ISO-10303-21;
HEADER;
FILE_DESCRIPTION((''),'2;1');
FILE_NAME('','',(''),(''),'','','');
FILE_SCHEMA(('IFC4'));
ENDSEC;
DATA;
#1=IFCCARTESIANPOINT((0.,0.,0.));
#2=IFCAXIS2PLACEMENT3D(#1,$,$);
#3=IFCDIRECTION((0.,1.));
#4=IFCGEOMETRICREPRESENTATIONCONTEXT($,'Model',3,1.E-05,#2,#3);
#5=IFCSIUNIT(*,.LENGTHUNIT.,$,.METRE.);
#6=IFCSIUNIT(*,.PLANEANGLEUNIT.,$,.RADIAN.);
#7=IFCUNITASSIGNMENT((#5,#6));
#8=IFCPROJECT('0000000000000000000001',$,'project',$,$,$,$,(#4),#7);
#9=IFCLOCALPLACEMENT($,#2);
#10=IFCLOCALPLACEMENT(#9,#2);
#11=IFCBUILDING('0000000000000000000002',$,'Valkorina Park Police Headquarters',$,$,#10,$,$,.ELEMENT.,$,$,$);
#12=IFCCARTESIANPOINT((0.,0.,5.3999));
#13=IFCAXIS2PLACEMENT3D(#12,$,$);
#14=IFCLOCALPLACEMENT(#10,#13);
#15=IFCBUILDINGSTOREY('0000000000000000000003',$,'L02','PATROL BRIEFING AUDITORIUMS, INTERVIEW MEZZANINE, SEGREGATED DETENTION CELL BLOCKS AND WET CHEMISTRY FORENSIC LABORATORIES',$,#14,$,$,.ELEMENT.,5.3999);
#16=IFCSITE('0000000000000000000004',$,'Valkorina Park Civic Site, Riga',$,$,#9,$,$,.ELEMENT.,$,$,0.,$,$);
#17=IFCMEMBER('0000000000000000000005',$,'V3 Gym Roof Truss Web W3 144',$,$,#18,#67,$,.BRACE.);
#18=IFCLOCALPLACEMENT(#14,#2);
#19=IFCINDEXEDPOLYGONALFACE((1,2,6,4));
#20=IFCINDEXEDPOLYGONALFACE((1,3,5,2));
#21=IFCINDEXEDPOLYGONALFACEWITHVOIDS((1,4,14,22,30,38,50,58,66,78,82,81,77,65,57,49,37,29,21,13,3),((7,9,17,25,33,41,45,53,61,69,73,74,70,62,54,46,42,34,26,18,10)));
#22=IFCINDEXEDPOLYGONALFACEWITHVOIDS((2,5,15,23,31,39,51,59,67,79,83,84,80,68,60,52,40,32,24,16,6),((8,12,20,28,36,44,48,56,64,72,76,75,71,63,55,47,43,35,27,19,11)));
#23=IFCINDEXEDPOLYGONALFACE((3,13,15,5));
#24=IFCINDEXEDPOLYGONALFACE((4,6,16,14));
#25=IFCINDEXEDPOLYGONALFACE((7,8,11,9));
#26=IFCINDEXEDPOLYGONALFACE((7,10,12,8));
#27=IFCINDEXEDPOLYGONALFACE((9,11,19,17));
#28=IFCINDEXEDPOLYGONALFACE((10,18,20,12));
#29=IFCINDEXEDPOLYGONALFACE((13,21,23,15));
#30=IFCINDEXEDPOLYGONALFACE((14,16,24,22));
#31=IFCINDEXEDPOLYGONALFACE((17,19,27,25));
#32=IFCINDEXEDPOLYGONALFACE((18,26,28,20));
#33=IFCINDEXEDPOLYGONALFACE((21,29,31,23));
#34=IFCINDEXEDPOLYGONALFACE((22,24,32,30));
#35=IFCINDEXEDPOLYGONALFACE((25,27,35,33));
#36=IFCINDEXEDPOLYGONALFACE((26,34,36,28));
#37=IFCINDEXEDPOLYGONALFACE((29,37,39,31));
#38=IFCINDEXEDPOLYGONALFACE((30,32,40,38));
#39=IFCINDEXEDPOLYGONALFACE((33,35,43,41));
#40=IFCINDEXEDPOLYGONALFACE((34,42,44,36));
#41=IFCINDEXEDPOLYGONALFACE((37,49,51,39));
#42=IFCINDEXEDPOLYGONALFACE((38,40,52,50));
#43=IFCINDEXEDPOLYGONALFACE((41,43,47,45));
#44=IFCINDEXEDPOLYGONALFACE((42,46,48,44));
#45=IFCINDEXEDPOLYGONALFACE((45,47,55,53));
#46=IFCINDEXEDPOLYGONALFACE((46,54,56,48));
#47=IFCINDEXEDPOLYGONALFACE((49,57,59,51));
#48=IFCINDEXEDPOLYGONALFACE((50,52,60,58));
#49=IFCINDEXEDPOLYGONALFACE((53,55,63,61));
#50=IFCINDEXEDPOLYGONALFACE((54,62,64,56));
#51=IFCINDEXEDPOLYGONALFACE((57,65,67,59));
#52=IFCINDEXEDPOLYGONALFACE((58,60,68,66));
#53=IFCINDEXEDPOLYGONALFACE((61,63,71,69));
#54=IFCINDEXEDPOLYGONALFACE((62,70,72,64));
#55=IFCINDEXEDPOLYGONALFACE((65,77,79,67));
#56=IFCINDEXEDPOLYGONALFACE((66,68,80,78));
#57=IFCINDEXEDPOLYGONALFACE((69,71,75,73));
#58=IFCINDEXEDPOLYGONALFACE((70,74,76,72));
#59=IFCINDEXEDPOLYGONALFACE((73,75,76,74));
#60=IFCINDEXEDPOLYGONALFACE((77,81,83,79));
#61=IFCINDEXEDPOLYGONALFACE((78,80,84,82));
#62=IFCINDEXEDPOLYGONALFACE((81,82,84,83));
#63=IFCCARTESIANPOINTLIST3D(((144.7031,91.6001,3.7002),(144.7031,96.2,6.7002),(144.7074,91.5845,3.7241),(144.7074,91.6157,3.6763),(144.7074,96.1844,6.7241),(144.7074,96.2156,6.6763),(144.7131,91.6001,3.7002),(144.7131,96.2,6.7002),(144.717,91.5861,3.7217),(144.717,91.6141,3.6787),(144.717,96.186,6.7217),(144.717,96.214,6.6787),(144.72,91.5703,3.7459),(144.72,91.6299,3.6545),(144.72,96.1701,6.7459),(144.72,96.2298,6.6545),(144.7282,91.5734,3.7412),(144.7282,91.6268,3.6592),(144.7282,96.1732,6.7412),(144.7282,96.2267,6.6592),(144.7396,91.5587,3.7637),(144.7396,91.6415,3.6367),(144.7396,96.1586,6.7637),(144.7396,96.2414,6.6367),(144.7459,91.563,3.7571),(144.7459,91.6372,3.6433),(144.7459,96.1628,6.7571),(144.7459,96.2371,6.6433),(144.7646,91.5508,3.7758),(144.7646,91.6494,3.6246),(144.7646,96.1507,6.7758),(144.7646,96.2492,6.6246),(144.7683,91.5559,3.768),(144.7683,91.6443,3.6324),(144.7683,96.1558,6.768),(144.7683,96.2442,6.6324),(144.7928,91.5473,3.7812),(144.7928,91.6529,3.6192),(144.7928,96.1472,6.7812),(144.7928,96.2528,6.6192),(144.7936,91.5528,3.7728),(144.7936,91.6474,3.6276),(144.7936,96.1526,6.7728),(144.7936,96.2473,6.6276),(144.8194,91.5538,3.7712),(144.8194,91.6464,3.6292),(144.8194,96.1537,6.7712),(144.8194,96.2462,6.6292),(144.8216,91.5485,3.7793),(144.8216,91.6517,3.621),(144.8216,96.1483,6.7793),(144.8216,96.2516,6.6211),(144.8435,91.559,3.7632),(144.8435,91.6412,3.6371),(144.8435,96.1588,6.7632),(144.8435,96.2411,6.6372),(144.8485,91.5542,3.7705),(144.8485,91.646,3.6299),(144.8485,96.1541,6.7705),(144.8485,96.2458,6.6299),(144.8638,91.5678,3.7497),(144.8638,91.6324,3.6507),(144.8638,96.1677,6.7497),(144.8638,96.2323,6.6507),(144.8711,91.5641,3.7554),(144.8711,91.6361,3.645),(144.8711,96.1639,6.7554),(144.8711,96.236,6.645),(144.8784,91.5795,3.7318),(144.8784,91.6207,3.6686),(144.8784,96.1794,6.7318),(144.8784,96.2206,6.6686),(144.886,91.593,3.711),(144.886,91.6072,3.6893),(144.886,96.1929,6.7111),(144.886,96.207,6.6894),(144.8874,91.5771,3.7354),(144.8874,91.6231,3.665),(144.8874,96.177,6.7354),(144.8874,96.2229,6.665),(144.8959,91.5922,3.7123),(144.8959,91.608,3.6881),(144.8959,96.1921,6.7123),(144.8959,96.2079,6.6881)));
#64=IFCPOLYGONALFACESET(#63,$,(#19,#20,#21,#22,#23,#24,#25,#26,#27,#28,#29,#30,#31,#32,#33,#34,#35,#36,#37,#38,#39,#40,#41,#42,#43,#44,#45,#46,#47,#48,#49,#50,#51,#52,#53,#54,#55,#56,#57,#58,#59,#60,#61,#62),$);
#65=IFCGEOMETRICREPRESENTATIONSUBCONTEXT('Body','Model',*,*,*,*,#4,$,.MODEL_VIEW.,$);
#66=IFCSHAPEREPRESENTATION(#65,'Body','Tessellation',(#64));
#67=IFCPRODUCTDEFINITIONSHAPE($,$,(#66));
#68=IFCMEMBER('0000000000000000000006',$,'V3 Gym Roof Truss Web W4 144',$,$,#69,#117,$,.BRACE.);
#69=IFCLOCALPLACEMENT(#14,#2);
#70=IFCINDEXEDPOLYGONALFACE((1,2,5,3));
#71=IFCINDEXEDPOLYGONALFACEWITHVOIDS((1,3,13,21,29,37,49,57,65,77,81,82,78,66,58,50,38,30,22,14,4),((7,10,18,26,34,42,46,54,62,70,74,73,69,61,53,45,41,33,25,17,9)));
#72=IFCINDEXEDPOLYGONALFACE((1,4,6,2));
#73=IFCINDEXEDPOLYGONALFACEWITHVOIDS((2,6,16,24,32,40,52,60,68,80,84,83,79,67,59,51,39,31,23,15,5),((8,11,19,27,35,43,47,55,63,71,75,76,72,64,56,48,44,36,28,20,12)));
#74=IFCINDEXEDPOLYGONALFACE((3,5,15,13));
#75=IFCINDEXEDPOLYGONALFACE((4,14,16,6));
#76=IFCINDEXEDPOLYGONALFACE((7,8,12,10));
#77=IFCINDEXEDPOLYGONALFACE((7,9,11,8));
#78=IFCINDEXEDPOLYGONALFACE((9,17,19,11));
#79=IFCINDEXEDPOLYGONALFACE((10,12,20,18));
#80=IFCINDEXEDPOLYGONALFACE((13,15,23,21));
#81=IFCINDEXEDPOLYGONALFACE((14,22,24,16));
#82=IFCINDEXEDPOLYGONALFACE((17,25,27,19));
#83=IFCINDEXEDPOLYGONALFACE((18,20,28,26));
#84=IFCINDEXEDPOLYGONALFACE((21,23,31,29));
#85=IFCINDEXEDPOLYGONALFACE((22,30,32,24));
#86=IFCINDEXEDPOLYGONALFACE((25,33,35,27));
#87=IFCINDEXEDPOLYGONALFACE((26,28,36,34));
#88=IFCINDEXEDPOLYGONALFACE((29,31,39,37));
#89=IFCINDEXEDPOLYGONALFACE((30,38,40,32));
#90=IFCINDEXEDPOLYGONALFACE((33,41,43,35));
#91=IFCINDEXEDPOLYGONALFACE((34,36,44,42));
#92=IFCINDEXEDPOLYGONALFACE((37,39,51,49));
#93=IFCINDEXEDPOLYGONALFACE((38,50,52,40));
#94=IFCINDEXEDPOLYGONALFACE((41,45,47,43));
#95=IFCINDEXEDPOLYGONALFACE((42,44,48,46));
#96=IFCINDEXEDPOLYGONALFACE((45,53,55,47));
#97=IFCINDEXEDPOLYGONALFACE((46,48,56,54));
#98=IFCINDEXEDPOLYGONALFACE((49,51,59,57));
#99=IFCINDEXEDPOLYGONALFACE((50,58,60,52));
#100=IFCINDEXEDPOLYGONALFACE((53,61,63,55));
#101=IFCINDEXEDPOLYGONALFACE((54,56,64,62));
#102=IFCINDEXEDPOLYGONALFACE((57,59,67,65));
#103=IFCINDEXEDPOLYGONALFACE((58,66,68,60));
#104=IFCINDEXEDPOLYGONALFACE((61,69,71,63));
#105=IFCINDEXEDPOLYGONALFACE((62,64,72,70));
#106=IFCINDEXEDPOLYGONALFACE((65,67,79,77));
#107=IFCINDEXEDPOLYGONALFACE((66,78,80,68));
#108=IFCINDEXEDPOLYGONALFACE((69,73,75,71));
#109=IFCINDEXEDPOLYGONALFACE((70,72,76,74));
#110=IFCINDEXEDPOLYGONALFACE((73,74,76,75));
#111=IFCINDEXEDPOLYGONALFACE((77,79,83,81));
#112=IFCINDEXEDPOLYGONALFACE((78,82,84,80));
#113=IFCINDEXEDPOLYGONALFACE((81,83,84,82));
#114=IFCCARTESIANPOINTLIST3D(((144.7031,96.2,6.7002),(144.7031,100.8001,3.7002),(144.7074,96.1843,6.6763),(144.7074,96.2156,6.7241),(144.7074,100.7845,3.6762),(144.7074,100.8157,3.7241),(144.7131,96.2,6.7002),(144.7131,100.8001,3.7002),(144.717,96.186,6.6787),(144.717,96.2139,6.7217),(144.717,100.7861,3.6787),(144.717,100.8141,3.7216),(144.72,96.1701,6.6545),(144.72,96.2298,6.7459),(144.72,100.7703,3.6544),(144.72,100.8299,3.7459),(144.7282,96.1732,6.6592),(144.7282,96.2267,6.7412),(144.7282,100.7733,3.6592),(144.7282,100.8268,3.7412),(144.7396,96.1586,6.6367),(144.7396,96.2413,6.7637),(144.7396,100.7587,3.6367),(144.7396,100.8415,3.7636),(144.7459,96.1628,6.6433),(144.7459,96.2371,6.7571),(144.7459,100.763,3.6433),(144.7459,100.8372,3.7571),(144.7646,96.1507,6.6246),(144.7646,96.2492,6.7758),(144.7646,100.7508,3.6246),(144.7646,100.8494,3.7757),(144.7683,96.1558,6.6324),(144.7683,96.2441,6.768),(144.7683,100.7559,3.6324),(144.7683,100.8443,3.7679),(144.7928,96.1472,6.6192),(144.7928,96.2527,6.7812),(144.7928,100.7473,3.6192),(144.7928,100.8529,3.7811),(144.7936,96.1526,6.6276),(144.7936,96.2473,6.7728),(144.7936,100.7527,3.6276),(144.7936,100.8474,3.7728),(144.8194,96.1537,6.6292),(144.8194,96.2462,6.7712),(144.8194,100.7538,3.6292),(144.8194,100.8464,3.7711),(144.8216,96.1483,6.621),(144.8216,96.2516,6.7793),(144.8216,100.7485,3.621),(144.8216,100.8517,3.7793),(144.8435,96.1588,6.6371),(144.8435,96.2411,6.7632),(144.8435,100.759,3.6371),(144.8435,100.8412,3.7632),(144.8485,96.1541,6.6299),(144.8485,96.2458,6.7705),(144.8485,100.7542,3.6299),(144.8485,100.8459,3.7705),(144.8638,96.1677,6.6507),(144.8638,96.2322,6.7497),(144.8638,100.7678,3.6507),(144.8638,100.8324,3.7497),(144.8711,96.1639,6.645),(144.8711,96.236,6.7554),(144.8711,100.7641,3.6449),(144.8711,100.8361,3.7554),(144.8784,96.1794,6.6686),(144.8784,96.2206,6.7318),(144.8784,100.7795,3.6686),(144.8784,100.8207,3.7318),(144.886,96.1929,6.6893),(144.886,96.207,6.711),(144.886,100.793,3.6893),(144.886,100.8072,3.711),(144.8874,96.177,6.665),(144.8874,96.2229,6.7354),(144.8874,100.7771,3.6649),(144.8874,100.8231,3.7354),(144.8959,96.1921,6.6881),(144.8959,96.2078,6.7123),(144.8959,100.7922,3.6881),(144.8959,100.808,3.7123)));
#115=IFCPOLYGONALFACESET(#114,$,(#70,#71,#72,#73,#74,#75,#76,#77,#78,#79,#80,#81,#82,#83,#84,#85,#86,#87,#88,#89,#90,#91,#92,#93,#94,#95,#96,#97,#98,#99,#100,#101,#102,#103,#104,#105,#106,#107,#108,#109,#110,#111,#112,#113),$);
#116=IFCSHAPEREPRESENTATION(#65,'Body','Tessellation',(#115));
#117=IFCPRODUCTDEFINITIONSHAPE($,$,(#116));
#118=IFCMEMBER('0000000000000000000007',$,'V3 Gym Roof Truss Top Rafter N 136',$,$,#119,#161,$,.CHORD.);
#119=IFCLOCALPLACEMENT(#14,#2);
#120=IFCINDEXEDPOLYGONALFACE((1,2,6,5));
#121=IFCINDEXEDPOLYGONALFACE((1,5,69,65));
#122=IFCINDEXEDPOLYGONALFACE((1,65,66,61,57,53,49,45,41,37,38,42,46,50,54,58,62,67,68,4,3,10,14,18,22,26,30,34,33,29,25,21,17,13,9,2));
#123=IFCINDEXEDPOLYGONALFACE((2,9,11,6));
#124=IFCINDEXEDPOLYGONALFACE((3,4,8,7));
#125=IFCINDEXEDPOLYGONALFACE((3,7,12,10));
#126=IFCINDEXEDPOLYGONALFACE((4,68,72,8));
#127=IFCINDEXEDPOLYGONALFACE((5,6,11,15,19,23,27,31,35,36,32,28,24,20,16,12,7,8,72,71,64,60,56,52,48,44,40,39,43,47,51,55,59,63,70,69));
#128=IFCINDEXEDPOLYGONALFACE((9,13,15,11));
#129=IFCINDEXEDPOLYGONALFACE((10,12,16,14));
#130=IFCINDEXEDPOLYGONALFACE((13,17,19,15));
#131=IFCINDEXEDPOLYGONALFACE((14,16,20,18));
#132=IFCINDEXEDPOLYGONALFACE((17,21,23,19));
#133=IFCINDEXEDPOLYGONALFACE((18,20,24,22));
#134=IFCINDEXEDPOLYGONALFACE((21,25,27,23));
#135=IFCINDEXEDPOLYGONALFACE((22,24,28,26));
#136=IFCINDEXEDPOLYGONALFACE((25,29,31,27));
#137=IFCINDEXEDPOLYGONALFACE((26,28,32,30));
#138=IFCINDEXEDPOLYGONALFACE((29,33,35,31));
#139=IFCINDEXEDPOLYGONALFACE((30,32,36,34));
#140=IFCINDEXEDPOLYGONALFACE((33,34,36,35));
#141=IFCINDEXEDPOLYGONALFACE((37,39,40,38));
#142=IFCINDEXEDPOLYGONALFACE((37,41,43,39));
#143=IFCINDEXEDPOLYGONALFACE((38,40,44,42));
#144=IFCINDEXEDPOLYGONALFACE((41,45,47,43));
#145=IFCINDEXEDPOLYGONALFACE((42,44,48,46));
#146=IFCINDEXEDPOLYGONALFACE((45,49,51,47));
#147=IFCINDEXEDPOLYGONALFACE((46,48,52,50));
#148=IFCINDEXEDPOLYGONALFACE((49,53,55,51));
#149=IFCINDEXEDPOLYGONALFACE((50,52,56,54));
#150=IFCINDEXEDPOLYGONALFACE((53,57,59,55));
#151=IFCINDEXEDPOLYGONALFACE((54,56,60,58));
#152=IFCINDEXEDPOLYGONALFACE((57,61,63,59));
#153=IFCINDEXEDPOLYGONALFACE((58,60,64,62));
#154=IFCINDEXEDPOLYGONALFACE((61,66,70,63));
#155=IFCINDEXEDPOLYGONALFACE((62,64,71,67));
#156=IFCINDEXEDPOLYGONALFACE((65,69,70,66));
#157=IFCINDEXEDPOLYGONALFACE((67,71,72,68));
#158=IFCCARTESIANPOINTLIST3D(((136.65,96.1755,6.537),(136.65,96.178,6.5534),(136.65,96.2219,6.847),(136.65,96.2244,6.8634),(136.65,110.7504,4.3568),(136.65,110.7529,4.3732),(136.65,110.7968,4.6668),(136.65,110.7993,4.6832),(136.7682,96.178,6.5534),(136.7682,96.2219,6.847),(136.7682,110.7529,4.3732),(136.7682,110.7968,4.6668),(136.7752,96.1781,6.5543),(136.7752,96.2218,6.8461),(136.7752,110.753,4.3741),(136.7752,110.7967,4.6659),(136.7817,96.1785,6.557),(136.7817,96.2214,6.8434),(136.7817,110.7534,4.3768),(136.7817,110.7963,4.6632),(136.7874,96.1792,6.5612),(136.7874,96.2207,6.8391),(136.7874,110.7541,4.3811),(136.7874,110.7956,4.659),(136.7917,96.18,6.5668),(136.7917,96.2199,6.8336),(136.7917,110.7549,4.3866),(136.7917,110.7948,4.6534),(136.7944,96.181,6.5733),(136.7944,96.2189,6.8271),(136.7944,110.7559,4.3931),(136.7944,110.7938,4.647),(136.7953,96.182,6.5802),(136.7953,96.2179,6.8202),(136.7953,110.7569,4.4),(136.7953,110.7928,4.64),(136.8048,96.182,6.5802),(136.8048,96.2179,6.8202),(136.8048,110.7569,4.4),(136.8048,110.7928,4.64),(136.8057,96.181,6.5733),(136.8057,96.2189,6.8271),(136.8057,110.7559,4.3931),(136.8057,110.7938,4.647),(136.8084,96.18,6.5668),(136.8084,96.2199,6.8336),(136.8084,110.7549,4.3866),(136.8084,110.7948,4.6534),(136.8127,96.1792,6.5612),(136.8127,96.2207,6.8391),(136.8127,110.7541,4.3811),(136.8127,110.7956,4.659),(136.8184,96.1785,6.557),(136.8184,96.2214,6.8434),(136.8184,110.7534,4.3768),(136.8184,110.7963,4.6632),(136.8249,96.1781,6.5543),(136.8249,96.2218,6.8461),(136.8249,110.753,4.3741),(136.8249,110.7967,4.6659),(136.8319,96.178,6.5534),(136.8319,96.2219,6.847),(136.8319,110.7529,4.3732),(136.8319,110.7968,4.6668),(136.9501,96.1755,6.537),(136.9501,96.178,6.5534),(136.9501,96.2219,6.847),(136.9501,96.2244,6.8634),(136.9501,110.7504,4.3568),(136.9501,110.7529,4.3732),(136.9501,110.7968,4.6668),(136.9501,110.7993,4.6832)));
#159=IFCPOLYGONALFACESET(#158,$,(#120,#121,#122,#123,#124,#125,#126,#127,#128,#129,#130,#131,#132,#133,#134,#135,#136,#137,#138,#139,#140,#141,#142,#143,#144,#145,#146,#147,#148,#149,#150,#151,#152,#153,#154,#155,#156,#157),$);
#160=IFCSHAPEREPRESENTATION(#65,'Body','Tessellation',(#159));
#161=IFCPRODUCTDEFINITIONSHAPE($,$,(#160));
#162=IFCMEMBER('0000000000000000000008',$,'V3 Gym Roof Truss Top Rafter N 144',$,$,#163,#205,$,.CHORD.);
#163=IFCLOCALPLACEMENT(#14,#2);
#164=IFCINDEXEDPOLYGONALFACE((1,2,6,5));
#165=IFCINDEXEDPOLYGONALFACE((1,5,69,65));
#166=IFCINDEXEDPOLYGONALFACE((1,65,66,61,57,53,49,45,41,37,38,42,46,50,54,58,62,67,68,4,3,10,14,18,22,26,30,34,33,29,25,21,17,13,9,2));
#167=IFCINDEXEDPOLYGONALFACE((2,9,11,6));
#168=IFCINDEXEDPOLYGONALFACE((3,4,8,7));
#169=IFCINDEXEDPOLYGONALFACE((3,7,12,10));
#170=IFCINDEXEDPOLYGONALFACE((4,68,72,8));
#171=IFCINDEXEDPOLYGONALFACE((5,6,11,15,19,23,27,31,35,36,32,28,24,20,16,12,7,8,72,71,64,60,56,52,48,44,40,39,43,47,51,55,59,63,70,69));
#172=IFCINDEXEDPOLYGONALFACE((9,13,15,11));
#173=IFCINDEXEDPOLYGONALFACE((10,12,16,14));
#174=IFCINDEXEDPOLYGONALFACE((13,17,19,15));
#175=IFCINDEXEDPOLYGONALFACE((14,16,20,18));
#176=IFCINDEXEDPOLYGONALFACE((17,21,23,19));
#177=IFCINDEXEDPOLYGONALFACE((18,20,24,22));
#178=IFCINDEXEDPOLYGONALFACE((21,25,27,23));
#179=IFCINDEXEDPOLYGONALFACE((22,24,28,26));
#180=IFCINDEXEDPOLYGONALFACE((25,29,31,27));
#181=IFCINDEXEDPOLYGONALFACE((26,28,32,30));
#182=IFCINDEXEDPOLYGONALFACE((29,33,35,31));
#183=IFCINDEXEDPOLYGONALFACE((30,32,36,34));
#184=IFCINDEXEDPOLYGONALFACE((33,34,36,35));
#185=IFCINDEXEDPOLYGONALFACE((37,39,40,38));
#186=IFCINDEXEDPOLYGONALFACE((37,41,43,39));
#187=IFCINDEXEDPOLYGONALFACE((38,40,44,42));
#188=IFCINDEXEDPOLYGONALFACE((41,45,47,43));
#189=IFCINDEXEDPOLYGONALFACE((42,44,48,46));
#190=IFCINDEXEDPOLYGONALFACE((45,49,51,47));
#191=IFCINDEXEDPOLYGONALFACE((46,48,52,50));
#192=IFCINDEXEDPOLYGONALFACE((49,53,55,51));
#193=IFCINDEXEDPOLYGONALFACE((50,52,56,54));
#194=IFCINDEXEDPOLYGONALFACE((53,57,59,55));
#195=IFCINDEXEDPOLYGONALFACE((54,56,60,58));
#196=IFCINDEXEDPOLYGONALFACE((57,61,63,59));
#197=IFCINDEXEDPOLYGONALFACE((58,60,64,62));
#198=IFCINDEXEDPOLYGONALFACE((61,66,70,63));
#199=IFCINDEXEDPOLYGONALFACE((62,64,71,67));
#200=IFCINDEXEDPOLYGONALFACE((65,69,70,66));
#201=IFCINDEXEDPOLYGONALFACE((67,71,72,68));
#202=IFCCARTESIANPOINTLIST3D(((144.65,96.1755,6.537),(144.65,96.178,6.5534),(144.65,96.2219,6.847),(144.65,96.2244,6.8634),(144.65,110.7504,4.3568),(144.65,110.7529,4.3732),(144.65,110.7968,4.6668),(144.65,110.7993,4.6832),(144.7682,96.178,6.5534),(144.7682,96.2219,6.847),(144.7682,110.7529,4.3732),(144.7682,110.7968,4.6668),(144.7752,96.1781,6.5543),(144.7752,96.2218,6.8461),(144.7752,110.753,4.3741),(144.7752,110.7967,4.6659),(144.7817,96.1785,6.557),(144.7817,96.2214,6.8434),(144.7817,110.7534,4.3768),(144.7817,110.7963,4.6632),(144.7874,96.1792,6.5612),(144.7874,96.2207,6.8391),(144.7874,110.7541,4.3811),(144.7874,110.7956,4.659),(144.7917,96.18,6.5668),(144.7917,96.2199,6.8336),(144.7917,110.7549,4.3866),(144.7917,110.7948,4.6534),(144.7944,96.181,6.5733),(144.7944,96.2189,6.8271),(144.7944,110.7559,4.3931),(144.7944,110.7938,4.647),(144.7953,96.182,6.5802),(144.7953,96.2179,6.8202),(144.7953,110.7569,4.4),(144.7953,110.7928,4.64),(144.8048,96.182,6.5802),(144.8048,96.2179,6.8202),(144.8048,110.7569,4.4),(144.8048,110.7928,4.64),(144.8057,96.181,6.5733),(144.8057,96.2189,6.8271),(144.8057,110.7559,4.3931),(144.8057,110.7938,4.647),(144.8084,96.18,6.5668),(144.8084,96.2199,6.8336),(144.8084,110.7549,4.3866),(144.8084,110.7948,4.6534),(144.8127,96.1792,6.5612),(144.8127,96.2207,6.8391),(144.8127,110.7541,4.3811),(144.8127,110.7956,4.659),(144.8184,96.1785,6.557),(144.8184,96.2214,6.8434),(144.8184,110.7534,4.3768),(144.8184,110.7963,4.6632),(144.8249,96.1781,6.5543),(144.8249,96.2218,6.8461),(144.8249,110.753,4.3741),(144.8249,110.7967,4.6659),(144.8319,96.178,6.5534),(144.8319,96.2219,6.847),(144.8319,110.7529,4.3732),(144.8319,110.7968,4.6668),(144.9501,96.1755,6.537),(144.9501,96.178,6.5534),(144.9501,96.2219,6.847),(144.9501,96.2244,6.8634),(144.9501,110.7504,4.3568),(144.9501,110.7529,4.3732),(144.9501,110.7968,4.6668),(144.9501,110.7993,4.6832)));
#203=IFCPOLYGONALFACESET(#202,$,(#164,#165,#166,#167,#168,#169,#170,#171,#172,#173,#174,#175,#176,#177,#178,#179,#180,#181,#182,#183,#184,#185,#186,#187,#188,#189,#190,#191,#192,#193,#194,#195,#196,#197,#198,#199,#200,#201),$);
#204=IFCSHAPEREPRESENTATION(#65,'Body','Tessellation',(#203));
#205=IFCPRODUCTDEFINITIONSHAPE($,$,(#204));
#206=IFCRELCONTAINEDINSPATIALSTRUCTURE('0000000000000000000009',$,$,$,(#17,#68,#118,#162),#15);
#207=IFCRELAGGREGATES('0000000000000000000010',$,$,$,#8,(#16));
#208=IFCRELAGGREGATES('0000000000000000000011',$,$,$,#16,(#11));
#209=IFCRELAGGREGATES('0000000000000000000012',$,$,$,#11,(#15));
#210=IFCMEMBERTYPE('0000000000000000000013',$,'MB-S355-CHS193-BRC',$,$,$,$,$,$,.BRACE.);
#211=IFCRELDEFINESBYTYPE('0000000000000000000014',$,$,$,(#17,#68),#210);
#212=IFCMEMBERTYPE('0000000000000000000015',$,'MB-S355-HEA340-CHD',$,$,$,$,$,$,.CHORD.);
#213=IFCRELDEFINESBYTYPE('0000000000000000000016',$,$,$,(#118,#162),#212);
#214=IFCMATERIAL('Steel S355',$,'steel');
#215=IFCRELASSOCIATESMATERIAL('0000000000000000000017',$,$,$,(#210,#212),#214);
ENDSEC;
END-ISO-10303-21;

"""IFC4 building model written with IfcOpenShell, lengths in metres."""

from ifc_helpers import new_model, si_unit, direction, frame, origin, origin_2d, place, context, subcontext, project, spatial, hollow_circle, i_section, extrude, material, material_profile, profile_set, type_object, element, save


model = new_model("IFC4")

# Units and contexts
model_context = context("Model", 3, precision=1e-05, world=origin(), true_north=direction((0.0, 1.0)))
body_context = subcontext(model_context, "Body", "Model", "MODEL_VIEW")
ifc_project = project(units=[si_unit("LENGTHUNIT", "METRE"), si_unit("PLANEANGLEUNIT", "RADIAN")], contexts=[model_context])

# Site, building, storey
site_placement = place(None, origin())
site = spatial("IfcSite", under=ifc_project, at=site_placement, Name="Valkorina Park Civic Site, Riga", CompositionType="ELEMENT", RefElevation=0.0)
building_placement = place(site_placement, origin())
building = spatial("IfcBuilding", under=site, at=building_placement, Name="Valkorina Park Police Headquarters", CompositionType="ELEMENT")
storey_placement = place(building_placement, frame((0.0, 0.0, 5.3999)))
storey = spatial("IfcBuildingStorey", under=building, at=storey_placement, Name="L02", Description="PATROL BRIEFING AUDITORIUMS, INTERVIEW MEZZANINE, SEGREGATED DETENTION CELL BLOCKS AND WET CHEMISTRY FORENSIC LABORATORIES", CompositionType="ELEMENT", Elevation=5.3999)

# Members
ifc_material = material(Name="Steel S355", Category="steel")
ifc_material_profile_1 = material_profile(ifc_material, hollow_circle(Radius=0.0969, WallThickness=0.01, at=origin_2d()), Name="CHS 193.7x10")
ifc_profile_set_1 = profile_set([ifc_material_profile_1], Name="Steel S355")
member_type_1 = type_object("IfcMemberType", Name="MB-S355-CHS193-BRC", PredefinedType="BRACE", material=ifc_profile_set_1)
member_1_placement = place(storey_placement, frame((144.8, 91.6001, 3.7002), z_axis=(0.0, 0.837603, 0.54628), x_axis=(-1.0, 0.0, 0.0)))
element("IfcMember", 1, at=member_1_placement, inside=storey, type_object=member_type_1, Name="V3 Gym Roof Truss Web W3 144", PredefinedType="BRACE", context=body_context, shape_type="SweptSolid", body=[
    extrude(hollow_circle(Radius=0.0969, WallThickness=0.01, at=origin_2d()), origin(), (0.0, 0.0, 1.0), 5.4917),
])
member_2_placement = place(storey_placement, frame((144.8, 96.2, 6.7002), z_axis=(0.0, 0.837616, -0.54626), x_axis=(-1.0, 0.0, 0.0)))
element("IfcMember", 2, at=member_2_placement, inside=storey, type_object=member_type_1, Name="V3 Gym Roof Truss Web W4 144", PredefinedType="BRACE", context=body_context, shape_type="SweptSolid", body=[
    extrude(hollow_circle(Radius=0.0969, WallThickness=0.01, at=origin_2d()), origin(), (0.0, 0.0, 1.0), 5.4919),
])
ifc_material_profile_2 = material_profile(ifc_material, i_section(OverallWidth=0.3, OverallDepth=0.3301, WebThickness=0.0095, FlangeThickness=0.0166, FilletRadius=0.0271, at=origin_2d()), Name="HEA 340")
ifc_profile_set_2 = profile_set([ifc_material_profile_2], Name="Steel S355")
member_type_2 = type_object("IfcMemberType", Name="MB-S355-HEA340-CHD", PredefinedType="CHORD", material=ifc_profile_set_2)
for number, where, z_axis, x_axis, name in (
    (3, (136.8, 96.2, 6.7002), (0.0, 0.988997, -0.147938), (-1.0, 0.0, 0.0), "V3 Gym Roof Truss Top Rafter N 136"),
    (4, (144.8, 96.2, 6.7002), (0.0, 0.988997, -0.147938), (-1.0, 0.0, 0.0), "V3 Gym Roof Truss Top Rafter N 144"),
):
    element("IfcMember", number, at=place(storey_placement, frame(where, z_axis=z_axis, x_axis=x_axis)), inside=storey, type_object=member_type_2, Name=name, PredefinedType="CHORD", context=body_context, shape_type="SweptSolid", body=[
        extrude(i_section(OverallWidth=0.3, OverallDepth=0.3301, WebThickness=0.0095, FlangeThickness=0.0166, FilletRadius=0.0271, at=origin_2d()), origin(), (0.0, 0.0, 1.0), 14.7371),
    ])

save(model, "model.ifc")
